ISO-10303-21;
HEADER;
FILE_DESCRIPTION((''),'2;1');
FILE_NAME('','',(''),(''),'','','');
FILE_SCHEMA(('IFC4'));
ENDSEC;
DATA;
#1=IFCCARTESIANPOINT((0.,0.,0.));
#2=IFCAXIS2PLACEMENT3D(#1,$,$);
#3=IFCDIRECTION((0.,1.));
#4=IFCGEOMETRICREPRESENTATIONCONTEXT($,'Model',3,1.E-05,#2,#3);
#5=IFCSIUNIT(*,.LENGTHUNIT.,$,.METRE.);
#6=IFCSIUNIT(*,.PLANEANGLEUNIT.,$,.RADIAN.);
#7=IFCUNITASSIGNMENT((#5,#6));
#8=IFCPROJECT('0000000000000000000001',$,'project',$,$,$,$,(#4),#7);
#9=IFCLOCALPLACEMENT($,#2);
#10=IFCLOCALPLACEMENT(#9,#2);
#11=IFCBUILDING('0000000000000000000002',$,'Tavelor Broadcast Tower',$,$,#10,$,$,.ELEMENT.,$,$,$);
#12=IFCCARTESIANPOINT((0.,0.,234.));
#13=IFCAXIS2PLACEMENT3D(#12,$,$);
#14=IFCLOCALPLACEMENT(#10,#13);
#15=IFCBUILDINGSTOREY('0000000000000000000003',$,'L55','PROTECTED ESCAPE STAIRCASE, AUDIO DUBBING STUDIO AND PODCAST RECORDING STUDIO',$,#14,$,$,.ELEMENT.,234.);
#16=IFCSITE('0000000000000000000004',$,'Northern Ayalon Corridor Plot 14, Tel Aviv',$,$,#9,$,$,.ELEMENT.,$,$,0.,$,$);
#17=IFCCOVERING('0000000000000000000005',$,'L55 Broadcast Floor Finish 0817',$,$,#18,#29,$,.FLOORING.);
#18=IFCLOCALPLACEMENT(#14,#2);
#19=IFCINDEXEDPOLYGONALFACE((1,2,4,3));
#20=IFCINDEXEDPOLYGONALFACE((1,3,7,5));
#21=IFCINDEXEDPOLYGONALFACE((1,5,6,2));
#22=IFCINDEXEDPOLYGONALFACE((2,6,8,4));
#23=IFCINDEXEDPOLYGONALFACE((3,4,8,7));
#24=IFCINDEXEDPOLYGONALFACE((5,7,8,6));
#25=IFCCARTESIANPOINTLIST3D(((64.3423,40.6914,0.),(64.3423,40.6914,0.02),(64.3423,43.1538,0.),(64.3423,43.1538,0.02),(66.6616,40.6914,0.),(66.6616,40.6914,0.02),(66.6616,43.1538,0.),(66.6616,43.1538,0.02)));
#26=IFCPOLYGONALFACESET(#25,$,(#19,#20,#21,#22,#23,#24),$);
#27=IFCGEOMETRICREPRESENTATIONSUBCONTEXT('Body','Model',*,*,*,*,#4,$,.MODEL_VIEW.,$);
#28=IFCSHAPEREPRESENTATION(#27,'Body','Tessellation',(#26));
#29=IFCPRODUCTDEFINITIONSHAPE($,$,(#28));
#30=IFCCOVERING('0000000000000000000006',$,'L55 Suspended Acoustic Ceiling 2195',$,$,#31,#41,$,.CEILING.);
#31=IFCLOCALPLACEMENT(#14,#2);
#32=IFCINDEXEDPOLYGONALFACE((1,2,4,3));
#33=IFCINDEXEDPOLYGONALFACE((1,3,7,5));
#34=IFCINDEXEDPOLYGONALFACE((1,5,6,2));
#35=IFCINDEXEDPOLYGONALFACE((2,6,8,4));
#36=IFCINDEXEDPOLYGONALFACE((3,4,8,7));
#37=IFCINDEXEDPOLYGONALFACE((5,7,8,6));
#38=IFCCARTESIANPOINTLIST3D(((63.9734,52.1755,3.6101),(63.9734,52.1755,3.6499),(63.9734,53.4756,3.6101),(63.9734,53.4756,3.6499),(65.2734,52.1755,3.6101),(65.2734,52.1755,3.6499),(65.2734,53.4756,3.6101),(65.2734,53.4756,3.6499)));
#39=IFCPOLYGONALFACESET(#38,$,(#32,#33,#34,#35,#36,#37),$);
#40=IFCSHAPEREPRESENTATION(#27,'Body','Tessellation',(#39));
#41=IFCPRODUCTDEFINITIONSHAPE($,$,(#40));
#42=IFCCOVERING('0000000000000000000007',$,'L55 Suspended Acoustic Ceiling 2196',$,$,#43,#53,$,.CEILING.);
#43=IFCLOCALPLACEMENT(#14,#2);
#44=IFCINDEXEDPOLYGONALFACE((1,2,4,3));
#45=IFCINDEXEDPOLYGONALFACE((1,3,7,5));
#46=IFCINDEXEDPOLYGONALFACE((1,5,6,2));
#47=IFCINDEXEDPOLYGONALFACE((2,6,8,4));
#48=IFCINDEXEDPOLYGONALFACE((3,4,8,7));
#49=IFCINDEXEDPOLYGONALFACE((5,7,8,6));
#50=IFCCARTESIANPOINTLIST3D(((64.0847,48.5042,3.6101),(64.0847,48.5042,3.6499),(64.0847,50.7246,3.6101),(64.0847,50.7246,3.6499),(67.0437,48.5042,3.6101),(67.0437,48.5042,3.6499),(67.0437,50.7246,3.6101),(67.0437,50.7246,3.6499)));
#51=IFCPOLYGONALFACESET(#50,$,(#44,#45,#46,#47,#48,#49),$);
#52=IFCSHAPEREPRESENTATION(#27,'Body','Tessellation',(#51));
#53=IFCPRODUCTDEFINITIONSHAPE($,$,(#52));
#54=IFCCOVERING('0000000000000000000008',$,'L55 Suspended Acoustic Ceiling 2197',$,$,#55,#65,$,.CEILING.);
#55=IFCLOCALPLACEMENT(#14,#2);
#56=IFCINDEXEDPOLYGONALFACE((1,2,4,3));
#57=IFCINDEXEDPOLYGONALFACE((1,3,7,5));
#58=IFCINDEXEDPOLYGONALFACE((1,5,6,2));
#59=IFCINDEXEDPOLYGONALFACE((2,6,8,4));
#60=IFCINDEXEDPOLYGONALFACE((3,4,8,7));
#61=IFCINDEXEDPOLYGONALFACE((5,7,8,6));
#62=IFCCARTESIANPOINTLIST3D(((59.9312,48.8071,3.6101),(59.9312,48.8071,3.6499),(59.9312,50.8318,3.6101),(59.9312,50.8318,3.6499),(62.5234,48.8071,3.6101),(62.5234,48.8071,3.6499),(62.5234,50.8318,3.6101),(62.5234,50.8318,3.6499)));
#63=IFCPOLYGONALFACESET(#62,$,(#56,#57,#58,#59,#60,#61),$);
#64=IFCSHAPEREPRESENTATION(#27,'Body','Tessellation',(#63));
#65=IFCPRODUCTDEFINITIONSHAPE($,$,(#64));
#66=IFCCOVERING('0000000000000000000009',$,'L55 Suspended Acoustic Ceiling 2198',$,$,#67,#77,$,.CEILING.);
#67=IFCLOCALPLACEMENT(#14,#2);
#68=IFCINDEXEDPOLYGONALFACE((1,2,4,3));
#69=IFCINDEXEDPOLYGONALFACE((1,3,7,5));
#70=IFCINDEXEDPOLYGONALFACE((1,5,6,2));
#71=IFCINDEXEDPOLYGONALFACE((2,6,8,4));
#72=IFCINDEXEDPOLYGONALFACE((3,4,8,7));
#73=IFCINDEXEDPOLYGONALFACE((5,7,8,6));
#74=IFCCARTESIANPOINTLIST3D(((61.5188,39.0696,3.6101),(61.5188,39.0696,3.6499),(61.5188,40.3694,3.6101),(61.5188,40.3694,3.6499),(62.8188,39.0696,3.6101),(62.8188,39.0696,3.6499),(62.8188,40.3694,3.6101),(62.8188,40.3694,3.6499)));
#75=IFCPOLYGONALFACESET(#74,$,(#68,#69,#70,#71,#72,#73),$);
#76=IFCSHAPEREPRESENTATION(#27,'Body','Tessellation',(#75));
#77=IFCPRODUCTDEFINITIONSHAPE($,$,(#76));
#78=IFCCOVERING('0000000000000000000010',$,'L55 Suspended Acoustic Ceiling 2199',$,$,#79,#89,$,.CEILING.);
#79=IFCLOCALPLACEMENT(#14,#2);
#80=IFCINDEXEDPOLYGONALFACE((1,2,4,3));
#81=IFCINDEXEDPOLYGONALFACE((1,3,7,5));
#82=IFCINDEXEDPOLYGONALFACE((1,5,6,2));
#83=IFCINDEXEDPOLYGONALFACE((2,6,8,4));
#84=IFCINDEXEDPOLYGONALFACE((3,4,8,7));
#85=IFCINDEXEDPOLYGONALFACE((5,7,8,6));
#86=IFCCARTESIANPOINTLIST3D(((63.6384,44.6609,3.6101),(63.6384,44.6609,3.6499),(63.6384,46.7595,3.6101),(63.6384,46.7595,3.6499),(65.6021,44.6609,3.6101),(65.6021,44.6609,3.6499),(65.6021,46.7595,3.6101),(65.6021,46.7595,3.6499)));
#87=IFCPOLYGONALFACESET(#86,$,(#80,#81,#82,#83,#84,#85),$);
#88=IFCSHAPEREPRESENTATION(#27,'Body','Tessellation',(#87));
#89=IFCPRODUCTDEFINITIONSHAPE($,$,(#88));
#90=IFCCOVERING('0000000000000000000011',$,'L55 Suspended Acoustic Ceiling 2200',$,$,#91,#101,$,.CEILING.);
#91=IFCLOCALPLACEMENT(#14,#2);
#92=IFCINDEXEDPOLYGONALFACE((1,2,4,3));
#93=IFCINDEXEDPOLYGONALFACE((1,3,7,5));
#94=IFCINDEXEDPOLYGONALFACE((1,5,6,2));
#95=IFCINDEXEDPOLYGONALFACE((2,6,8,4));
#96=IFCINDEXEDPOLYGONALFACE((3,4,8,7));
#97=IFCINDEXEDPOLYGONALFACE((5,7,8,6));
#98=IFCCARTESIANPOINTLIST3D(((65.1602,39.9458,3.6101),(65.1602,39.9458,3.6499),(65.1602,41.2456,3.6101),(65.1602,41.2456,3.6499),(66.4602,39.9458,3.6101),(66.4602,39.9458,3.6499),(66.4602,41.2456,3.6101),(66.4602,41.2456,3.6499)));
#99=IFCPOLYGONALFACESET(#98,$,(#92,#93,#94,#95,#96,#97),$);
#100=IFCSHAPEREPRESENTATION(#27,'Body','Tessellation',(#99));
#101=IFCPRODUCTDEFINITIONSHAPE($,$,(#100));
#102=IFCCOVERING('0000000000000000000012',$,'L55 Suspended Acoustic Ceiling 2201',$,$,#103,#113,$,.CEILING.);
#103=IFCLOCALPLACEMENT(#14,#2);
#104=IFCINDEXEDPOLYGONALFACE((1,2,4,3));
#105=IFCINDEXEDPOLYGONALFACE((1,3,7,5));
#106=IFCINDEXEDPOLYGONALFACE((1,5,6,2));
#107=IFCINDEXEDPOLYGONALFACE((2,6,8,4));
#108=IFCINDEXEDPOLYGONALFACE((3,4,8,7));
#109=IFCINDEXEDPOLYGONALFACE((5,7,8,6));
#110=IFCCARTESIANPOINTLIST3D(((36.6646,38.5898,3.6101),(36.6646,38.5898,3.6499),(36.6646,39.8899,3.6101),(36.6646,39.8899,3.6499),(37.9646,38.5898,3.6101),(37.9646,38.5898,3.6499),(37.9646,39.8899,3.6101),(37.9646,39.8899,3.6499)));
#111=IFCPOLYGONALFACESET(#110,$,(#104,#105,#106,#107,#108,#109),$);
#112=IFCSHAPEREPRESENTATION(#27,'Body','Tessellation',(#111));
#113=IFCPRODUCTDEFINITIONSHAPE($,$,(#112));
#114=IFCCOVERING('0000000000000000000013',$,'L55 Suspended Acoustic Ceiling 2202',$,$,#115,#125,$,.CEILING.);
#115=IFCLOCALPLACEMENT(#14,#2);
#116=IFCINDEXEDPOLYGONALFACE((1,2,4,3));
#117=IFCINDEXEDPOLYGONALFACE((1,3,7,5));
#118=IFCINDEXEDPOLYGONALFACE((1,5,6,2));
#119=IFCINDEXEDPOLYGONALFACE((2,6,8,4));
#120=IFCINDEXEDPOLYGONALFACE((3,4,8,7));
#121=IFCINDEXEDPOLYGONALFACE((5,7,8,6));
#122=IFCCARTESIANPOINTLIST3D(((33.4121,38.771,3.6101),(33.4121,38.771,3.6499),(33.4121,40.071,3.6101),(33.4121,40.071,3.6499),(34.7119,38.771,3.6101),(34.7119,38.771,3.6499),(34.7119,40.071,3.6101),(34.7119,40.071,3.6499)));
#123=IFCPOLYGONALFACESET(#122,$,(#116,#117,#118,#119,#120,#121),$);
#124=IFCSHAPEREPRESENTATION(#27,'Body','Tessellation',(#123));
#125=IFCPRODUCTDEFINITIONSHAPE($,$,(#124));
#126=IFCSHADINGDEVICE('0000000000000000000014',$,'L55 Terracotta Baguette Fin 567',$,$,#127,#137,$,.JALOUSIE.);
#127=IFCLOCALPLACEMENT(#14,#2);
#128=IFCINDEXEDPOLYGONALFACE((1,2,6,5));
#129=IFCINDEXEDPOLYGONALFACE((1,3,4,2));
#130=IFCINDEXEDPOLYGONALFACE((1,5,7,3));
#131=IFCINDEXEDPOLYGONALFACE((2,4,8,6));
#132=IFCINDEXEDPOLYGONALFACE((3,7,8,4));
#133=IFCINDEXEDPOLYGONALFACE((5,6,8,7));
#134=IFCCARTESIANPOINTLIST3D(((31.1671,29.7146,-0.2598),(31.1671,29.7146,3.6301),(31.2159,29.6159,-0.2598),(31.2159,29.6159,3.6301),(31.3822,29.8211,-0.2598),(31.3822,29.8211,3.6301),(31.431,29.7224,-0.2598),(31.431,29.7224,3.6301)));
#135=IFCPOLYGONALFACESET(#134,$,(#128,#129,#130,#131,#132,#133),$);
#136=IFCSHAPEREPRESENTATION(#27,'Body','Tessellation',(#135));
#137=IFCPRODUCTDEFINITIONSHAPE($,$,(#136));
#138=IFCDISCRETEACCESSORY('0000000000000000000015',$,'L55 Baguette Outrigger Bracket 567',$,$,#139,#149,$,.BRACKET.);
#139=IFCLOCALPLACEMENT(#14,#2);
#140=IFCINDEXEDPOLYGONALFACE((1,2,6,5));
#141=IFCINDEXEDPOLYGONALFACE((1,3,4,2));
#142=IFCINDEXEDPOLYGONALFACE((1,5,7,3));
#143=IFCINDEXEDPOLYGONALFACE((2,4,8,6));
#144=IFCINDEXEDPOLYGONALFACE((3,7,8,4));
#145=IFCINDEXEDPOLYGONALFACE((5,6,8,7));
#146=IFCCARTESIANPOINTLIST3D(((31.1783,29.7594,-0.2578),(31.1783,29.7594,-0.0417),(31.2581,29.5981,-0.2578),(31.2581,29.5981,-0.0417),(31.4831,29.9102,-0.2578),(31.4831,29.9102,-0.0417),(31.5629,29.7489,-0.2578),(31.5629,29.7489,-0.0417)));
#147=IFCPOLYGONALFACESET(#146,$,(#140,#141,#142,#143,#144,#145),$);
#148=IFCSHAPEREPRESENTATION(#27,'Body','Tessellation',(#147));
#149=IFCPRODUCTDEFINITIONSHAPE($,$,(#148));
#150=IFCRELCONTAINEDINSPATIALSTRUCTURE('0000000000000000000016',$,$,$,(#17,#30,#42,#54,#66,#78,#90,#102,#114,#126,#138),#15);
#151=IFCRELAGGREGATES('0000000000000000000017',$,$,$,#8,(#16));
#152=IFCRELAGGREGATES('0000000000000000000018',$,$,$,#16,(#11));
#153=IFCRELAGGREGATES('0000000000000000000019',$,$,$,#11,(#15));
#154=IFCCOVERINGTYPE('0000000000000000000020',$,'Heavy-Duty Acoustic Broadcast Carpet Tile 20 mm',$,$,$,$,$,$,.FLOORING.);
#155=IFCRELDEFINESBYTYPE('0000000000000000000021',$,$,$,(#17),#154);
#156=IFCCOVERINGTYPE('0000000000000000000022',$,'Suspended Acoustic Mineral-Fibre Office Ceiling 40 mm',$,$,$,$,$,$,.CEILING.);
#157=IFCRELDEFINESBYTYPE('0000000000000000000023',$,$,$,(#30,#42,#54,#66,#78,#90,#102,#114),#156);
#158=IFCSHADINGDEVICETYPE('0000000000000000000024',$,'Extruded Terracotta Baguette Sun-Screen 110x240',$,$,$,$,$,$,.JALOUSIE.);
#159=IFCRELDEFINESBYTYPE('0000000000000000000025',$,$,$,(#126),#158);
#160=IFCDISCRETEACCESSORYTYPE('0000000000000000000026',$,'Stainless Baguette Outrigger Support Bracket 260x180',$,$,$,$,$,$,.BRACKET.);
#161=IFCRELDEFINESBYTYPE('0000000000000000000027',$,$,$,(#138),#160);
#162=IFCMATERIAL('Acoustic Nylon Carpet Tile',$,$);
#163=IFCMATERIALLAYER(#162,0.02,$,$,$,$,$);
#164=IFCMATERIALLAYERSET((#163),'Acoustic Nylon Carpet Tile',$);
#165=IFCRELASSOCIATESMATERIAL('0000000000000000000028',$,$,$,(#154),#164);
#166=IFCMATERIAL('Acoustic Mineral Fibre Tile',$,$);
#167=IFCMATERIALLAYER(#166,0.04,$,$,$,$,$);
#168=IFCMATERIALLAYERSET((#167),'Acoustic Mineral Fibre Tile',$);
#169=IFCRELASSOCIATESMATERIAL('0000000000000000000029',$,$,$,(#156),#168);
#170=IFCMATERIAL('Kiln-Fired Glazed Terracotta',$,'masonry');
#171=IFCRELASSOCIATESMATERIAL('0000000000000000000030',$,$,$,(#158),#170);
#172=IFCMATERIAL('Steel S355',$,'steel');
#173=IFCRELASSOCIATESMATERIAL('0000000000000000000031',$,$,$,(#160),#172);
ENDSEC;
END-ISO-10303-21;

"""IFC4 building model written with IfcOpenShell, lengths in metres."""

from ifc_helpers import new_model, si_unit, direction, frame, origin, origin_2d, place, context, subcontext, project, spatial, polyline, rectangle, outline, extrude, source, transform, mapped, material, layer, layer_set, type_object, type_shapes, element, save


model = new_model("IFC4")

# Units and contexts
model_context = context("Model", 3, precision=1e-05, world=origin(), true_north=direction((0.0, 1.0)))
body_context = subcontext(model_context, "Body", "Model", "MODEL_VIEW")
ifc_project = project(units=[si_unit("LENGTHUNIT", "METRE"), si_unit("PLANEANGLEUNIT", "RADIAN")], contexts=[model_context])

# Site, building, storey
site_placement = place(None, origin())
site = spatial("IfcSite", under=ifc_project, at=site_placement, Name="Northern Ayalon Corridor Plot 14, Tel Aviv", CompositionType="ELEMENT", RefElevation=0.0)
building_placement = place(site_placement, origin())
building = spatial("IfcBuilding", under=site, at=building_placement, Name="Tavelor Broadcast Tower", CompositionType="ELEMENT")
storey_placement = place(building_placement, frame((0.0, 0.0, 234.0)))
storey = spatial("IfcBuildingStorey", under=building, at=storey_placement, Name="L55", Description="PROTECTED ESCAPE STAIRCASE, AUDIO DUBBING STUDIO AND PODCAST RECORDING STUDIO", CompositionType="ELEMENT", Elevation=234.0)

# Coverings
ifc_material_1 = material(Name="Acoustic Nylon Carpet Tile")
ifc_layer_1 = layer(ifc_material_1, 0.02)
ifc_layer_set_1 = layer_set([ifc_layer_1], Name="Acoustic Nylon Carpet Tile")
covering_type_1 = type_object("IfcCoveringType", Name="Heavy-Duty Acoustic Broadcast Carpet Tile 20 mm", PredefinedType="FLOORING", material=ifc_layer_set_1)
covering_1_placement = place(storey_placement, origin())
element("IfcCovering", 1, at=covering_1_placement, inside=storey, type_object=covering_type_1, Name="L55 Broadcast Floor Finish 0817", PredefinedType="FLOORING", context=body_context, shape_type="SweptSolid", body=[
    extrude(outline(polyline([(64.3423, 40.6914), (66.6616, 40.6914), (66.6616, 43.1538), (64.3423, 43.1538), (64.3423, 40.6914)])), origin(), (0.0, 0.0, 1.0), 0.02),
])
ifc_material_2 = material(Name="Acoustic Mineral Fibre Tile")
ifc_layer_2 = layer(ifc_material_2, 0.04)
ifc_layer_set_2 = layer_set([ifc_layer_2], Name="Acoustic Mineral Fibre Tile")
covering_type_2 = type_object("IfcCoveringType", Name="Suspended Acoustic Mineral-Fibre Office Ceiling 40 mm", PredefinedType="CEILING", material=ifc_layer_set_2)
covering_2_placement = place(storey_placement, frame((0.0, 0.0, 3.6101)))
element("IfcCovering", 2, at=covering_2_placement, inside=storey, type_object=covering_type_2, Name="L55 Suspended Acoustic Ceiling 2195", PredefinedType="CEILING", context=body_context, shape_type="SweptSolid", body=[
    extrude(outline(polyline([(63.9734, 52.1755), (65.2734, 52.1755), (65.2734, 53.4756), (63.9734, 53.4756), (63.9734, 52.1755)])), origin(), (0.0, 0.0, 1.0), 0.0398),
])
covering_3_placement = place(storey_placement, frame((0.0, 0.0, 3.6101)))
element("IfcCovering", 3, at=covering_3_placement, inside=storey, type_object=covering_type_2, Name="L55 Suspended Acoustic Ceiling 2196", PredefinedType="CEILING", context=body_context, shape_type="SweptSolid", body=[
    extrude(outline(polyline([(64.0847, 48.5042), (67.0437, 48.5042), (67.0437, 50.7246), (64.0847, 50.7246), (64.0847, 48.5042)])), origin(), (0.0, 0.0, 1.0), 0.0398),
])
covering_4_placement = place(storey_placement, frame((0.0, 0.0, 3.6101)))
element("IfcCovering", 4, at=covering_4_placement, inside=storey, type_object=covering_type_2, Name="L55 Suspended Acoustic Ceiling 2197", PredefinedType="CEILING", context=body_context, shape_type="SweptSolid", body=[
    extrude(outline(polyline([(59.9312, 48.8071), (62.5234, 48.8071), (62.5234, 50.8318), (59.9312, 50.8318), (59.9312, 48.8071)])), origin(), (0.0, 0.0, 1.0), 0.0398),
])
covering_5_placement = place(storey_placement, frame((0.0, 0.0, 3.6101)))
element("IfcCovering", 5, at=covering_5_placement, inside=storey, type_object=covering_type_2, Name="L55 Suspended Acoustic Ceiling 2198", PredefinedType="CEILING", context=body_context, shape_type="SweptSolid", body=[
    extrude(outline(polyline([(61.5188, 39.0696), (62.8188, 39.0696), (62.8188, 40.3694), (61.5188, 40.3694), (61.5188, 39.0696)])), origin(), (0.0, 0.0, 1.0), 0.0398),
])
covering_6_placement = place(storey_placement, frame((0.0, 0.0, 3.6101)))
element("IfcCovering", 6, at=covering_6_placement, inside=storey, type_object=covering_type_2, Name="L55 Suspended Acoustic Ceiling 2199", PredefinedType="CEILING", context=body_context, shape_type="SweptSolid", body=[
    extrude(outline(polyline([(63.6384, 44.6609), (65.6021, 44.6609), (65.6021, 46.7595), (63.6384, 46.7595), (63.6384, 44.6609)])), origin(), (0.0, 0.0, 1.0), 0.0398),
])
covering_7_placement = place(storey_placement, frame((0.0, 0.0, 3.6101)))
element("IfcCovering", 7, at=covering_7_placement, inside=storey, type_object=covering_type_2, Name="L55 Suspended Acoustic Ceiling 2200", PredefinedType="CEILING", context=body_context, shape_type="SweptSolid", body=[
    extrude(outline(polyline([(65.1602, 39.9458), (66.4602, 39.9458), (66.4602, 41.2456), (65.1602, 41.2456), (65.1602, 39.9458)])), origin(), (0.0, 0.0, 1.0), 0.0398),
])
covering_8_placement = place(storey_placement, frame((0.0, 0.0, 3.6101)))
element("IfcCovering", 8, at=covering_8_placement, inside=storey, type_object=covering_type_2, Name="L55 Suspended Acoustic Ceiling 2201", PredefinedType="CEILING", context=body_context, shape_type="SweptSolid", body=[
    extrude(outline(polyline([(36.6646, 38.5898), (37.9646, 38.5898), (37.9646, 39.8899), (36.6646, 39.8899), (36.6646, 38.5898)])), origin(), (0.0, 0.0, 1.0), 0.0398),
])
covering_9_placement = place(storey_placement, frame((0.0, 0.0, 3.6101)))
element("IfcCovering", 9, at=covering_9_placement, inside=storey, type_object=covering_type_2, Name="L55 Suspended Acoustic Ceiling 2202", PredefinedType="CEILING", context=body_context, shape_type="SweptSolid", body=[
    extrude(outline(polyline([(33.4121, 38.771), (34.7119, 38.771), (34.7119, 40.071), (33.4121, 40.071), (33.4121, 38.771)])), origin(), (0.0, 0.0, 1.0), 0.0398),
])

# Shading device
ifc_material_3 = material(Name="Kiln-Fired Glazed Terracotta", Category="masonry")
shading_device_type = type_object("IfcShadingDeviceType", Name="Extruded Terracotta Baguette Sun-Screen 110x240", PredefinedType="JALOUSIE", material=ifc_material_3)
shared_shape_1 = source(origin(), body_context, "Body", "SweptSolid", [
    extrude(rectangle(XDim=0.1101, YDim=0.24, at=origin_2d()), origin(), (0.0, 0.0, 1.0), 3.8899),
])
type_shapes(shading_device_type, [shared_shape_1])
shading_device_placement = place(storey_placement, frame((31.2991, 29.7185, -0.2598), z_axis=(0.0, 0.0, 1.0), x_axis=(0.443541, -0.896254, 0.0)))
element("IfcShadingDevice", 10, at=shading_device_placement, inside=storey, type_object=shading_device_type, Name="L55 Terracotta Baguette Fin 567", PredefinedType="JALOUSIE", context=body_context, shape_type="MappedRepresentation", body=[
    mapped(shared_shape_1, transform((0.0, 0.0, 0.0), scale=1.0)),
])

# Discrete accessory
ifc_material_4 = material(Name="Steel S355", Category="steel")
discrete_accessory_type = type_object("IfcDiscreteAccessoryType", Name="Stainless Baguette Outrigger Support Bracket 260x180", PredefinedType="BRACKET", material=ifc_material_4)
shared_shape_2 = source(origin(), body_context, "Body", "SweptSolid", [
    extrude(rectangle(XDim=0.1799, YDim=0.3401, at=origin_2d()), origin(), (0.0, 0.0, 1.0), 0.2161),
])
type_shapes(discrete_accessory_type, [shared_shape_2])
discrete_accessory_placement = place(storey_placement, frame((31.3706, 29.7542, -0.2578), z_axis=(0.0, 0.0, 1.0), x_axis=(0.443541, -0.896254, 0.0)))
element("IfcDiscreteAccessory", 11, at=discrete_accessory_placement, inside=storey, type_object=discrete_accessory_type, Name="L55 Baguette Outrigger Bracket 567", PredefinedType="BRACKET", context=body_context, shape_type="MappedRepresentation", body=[
    mapped(shared_shape_2, transform((0.0, 0.0, 0.0), scale=1.0)),
])

save(model, "model.ifc")
